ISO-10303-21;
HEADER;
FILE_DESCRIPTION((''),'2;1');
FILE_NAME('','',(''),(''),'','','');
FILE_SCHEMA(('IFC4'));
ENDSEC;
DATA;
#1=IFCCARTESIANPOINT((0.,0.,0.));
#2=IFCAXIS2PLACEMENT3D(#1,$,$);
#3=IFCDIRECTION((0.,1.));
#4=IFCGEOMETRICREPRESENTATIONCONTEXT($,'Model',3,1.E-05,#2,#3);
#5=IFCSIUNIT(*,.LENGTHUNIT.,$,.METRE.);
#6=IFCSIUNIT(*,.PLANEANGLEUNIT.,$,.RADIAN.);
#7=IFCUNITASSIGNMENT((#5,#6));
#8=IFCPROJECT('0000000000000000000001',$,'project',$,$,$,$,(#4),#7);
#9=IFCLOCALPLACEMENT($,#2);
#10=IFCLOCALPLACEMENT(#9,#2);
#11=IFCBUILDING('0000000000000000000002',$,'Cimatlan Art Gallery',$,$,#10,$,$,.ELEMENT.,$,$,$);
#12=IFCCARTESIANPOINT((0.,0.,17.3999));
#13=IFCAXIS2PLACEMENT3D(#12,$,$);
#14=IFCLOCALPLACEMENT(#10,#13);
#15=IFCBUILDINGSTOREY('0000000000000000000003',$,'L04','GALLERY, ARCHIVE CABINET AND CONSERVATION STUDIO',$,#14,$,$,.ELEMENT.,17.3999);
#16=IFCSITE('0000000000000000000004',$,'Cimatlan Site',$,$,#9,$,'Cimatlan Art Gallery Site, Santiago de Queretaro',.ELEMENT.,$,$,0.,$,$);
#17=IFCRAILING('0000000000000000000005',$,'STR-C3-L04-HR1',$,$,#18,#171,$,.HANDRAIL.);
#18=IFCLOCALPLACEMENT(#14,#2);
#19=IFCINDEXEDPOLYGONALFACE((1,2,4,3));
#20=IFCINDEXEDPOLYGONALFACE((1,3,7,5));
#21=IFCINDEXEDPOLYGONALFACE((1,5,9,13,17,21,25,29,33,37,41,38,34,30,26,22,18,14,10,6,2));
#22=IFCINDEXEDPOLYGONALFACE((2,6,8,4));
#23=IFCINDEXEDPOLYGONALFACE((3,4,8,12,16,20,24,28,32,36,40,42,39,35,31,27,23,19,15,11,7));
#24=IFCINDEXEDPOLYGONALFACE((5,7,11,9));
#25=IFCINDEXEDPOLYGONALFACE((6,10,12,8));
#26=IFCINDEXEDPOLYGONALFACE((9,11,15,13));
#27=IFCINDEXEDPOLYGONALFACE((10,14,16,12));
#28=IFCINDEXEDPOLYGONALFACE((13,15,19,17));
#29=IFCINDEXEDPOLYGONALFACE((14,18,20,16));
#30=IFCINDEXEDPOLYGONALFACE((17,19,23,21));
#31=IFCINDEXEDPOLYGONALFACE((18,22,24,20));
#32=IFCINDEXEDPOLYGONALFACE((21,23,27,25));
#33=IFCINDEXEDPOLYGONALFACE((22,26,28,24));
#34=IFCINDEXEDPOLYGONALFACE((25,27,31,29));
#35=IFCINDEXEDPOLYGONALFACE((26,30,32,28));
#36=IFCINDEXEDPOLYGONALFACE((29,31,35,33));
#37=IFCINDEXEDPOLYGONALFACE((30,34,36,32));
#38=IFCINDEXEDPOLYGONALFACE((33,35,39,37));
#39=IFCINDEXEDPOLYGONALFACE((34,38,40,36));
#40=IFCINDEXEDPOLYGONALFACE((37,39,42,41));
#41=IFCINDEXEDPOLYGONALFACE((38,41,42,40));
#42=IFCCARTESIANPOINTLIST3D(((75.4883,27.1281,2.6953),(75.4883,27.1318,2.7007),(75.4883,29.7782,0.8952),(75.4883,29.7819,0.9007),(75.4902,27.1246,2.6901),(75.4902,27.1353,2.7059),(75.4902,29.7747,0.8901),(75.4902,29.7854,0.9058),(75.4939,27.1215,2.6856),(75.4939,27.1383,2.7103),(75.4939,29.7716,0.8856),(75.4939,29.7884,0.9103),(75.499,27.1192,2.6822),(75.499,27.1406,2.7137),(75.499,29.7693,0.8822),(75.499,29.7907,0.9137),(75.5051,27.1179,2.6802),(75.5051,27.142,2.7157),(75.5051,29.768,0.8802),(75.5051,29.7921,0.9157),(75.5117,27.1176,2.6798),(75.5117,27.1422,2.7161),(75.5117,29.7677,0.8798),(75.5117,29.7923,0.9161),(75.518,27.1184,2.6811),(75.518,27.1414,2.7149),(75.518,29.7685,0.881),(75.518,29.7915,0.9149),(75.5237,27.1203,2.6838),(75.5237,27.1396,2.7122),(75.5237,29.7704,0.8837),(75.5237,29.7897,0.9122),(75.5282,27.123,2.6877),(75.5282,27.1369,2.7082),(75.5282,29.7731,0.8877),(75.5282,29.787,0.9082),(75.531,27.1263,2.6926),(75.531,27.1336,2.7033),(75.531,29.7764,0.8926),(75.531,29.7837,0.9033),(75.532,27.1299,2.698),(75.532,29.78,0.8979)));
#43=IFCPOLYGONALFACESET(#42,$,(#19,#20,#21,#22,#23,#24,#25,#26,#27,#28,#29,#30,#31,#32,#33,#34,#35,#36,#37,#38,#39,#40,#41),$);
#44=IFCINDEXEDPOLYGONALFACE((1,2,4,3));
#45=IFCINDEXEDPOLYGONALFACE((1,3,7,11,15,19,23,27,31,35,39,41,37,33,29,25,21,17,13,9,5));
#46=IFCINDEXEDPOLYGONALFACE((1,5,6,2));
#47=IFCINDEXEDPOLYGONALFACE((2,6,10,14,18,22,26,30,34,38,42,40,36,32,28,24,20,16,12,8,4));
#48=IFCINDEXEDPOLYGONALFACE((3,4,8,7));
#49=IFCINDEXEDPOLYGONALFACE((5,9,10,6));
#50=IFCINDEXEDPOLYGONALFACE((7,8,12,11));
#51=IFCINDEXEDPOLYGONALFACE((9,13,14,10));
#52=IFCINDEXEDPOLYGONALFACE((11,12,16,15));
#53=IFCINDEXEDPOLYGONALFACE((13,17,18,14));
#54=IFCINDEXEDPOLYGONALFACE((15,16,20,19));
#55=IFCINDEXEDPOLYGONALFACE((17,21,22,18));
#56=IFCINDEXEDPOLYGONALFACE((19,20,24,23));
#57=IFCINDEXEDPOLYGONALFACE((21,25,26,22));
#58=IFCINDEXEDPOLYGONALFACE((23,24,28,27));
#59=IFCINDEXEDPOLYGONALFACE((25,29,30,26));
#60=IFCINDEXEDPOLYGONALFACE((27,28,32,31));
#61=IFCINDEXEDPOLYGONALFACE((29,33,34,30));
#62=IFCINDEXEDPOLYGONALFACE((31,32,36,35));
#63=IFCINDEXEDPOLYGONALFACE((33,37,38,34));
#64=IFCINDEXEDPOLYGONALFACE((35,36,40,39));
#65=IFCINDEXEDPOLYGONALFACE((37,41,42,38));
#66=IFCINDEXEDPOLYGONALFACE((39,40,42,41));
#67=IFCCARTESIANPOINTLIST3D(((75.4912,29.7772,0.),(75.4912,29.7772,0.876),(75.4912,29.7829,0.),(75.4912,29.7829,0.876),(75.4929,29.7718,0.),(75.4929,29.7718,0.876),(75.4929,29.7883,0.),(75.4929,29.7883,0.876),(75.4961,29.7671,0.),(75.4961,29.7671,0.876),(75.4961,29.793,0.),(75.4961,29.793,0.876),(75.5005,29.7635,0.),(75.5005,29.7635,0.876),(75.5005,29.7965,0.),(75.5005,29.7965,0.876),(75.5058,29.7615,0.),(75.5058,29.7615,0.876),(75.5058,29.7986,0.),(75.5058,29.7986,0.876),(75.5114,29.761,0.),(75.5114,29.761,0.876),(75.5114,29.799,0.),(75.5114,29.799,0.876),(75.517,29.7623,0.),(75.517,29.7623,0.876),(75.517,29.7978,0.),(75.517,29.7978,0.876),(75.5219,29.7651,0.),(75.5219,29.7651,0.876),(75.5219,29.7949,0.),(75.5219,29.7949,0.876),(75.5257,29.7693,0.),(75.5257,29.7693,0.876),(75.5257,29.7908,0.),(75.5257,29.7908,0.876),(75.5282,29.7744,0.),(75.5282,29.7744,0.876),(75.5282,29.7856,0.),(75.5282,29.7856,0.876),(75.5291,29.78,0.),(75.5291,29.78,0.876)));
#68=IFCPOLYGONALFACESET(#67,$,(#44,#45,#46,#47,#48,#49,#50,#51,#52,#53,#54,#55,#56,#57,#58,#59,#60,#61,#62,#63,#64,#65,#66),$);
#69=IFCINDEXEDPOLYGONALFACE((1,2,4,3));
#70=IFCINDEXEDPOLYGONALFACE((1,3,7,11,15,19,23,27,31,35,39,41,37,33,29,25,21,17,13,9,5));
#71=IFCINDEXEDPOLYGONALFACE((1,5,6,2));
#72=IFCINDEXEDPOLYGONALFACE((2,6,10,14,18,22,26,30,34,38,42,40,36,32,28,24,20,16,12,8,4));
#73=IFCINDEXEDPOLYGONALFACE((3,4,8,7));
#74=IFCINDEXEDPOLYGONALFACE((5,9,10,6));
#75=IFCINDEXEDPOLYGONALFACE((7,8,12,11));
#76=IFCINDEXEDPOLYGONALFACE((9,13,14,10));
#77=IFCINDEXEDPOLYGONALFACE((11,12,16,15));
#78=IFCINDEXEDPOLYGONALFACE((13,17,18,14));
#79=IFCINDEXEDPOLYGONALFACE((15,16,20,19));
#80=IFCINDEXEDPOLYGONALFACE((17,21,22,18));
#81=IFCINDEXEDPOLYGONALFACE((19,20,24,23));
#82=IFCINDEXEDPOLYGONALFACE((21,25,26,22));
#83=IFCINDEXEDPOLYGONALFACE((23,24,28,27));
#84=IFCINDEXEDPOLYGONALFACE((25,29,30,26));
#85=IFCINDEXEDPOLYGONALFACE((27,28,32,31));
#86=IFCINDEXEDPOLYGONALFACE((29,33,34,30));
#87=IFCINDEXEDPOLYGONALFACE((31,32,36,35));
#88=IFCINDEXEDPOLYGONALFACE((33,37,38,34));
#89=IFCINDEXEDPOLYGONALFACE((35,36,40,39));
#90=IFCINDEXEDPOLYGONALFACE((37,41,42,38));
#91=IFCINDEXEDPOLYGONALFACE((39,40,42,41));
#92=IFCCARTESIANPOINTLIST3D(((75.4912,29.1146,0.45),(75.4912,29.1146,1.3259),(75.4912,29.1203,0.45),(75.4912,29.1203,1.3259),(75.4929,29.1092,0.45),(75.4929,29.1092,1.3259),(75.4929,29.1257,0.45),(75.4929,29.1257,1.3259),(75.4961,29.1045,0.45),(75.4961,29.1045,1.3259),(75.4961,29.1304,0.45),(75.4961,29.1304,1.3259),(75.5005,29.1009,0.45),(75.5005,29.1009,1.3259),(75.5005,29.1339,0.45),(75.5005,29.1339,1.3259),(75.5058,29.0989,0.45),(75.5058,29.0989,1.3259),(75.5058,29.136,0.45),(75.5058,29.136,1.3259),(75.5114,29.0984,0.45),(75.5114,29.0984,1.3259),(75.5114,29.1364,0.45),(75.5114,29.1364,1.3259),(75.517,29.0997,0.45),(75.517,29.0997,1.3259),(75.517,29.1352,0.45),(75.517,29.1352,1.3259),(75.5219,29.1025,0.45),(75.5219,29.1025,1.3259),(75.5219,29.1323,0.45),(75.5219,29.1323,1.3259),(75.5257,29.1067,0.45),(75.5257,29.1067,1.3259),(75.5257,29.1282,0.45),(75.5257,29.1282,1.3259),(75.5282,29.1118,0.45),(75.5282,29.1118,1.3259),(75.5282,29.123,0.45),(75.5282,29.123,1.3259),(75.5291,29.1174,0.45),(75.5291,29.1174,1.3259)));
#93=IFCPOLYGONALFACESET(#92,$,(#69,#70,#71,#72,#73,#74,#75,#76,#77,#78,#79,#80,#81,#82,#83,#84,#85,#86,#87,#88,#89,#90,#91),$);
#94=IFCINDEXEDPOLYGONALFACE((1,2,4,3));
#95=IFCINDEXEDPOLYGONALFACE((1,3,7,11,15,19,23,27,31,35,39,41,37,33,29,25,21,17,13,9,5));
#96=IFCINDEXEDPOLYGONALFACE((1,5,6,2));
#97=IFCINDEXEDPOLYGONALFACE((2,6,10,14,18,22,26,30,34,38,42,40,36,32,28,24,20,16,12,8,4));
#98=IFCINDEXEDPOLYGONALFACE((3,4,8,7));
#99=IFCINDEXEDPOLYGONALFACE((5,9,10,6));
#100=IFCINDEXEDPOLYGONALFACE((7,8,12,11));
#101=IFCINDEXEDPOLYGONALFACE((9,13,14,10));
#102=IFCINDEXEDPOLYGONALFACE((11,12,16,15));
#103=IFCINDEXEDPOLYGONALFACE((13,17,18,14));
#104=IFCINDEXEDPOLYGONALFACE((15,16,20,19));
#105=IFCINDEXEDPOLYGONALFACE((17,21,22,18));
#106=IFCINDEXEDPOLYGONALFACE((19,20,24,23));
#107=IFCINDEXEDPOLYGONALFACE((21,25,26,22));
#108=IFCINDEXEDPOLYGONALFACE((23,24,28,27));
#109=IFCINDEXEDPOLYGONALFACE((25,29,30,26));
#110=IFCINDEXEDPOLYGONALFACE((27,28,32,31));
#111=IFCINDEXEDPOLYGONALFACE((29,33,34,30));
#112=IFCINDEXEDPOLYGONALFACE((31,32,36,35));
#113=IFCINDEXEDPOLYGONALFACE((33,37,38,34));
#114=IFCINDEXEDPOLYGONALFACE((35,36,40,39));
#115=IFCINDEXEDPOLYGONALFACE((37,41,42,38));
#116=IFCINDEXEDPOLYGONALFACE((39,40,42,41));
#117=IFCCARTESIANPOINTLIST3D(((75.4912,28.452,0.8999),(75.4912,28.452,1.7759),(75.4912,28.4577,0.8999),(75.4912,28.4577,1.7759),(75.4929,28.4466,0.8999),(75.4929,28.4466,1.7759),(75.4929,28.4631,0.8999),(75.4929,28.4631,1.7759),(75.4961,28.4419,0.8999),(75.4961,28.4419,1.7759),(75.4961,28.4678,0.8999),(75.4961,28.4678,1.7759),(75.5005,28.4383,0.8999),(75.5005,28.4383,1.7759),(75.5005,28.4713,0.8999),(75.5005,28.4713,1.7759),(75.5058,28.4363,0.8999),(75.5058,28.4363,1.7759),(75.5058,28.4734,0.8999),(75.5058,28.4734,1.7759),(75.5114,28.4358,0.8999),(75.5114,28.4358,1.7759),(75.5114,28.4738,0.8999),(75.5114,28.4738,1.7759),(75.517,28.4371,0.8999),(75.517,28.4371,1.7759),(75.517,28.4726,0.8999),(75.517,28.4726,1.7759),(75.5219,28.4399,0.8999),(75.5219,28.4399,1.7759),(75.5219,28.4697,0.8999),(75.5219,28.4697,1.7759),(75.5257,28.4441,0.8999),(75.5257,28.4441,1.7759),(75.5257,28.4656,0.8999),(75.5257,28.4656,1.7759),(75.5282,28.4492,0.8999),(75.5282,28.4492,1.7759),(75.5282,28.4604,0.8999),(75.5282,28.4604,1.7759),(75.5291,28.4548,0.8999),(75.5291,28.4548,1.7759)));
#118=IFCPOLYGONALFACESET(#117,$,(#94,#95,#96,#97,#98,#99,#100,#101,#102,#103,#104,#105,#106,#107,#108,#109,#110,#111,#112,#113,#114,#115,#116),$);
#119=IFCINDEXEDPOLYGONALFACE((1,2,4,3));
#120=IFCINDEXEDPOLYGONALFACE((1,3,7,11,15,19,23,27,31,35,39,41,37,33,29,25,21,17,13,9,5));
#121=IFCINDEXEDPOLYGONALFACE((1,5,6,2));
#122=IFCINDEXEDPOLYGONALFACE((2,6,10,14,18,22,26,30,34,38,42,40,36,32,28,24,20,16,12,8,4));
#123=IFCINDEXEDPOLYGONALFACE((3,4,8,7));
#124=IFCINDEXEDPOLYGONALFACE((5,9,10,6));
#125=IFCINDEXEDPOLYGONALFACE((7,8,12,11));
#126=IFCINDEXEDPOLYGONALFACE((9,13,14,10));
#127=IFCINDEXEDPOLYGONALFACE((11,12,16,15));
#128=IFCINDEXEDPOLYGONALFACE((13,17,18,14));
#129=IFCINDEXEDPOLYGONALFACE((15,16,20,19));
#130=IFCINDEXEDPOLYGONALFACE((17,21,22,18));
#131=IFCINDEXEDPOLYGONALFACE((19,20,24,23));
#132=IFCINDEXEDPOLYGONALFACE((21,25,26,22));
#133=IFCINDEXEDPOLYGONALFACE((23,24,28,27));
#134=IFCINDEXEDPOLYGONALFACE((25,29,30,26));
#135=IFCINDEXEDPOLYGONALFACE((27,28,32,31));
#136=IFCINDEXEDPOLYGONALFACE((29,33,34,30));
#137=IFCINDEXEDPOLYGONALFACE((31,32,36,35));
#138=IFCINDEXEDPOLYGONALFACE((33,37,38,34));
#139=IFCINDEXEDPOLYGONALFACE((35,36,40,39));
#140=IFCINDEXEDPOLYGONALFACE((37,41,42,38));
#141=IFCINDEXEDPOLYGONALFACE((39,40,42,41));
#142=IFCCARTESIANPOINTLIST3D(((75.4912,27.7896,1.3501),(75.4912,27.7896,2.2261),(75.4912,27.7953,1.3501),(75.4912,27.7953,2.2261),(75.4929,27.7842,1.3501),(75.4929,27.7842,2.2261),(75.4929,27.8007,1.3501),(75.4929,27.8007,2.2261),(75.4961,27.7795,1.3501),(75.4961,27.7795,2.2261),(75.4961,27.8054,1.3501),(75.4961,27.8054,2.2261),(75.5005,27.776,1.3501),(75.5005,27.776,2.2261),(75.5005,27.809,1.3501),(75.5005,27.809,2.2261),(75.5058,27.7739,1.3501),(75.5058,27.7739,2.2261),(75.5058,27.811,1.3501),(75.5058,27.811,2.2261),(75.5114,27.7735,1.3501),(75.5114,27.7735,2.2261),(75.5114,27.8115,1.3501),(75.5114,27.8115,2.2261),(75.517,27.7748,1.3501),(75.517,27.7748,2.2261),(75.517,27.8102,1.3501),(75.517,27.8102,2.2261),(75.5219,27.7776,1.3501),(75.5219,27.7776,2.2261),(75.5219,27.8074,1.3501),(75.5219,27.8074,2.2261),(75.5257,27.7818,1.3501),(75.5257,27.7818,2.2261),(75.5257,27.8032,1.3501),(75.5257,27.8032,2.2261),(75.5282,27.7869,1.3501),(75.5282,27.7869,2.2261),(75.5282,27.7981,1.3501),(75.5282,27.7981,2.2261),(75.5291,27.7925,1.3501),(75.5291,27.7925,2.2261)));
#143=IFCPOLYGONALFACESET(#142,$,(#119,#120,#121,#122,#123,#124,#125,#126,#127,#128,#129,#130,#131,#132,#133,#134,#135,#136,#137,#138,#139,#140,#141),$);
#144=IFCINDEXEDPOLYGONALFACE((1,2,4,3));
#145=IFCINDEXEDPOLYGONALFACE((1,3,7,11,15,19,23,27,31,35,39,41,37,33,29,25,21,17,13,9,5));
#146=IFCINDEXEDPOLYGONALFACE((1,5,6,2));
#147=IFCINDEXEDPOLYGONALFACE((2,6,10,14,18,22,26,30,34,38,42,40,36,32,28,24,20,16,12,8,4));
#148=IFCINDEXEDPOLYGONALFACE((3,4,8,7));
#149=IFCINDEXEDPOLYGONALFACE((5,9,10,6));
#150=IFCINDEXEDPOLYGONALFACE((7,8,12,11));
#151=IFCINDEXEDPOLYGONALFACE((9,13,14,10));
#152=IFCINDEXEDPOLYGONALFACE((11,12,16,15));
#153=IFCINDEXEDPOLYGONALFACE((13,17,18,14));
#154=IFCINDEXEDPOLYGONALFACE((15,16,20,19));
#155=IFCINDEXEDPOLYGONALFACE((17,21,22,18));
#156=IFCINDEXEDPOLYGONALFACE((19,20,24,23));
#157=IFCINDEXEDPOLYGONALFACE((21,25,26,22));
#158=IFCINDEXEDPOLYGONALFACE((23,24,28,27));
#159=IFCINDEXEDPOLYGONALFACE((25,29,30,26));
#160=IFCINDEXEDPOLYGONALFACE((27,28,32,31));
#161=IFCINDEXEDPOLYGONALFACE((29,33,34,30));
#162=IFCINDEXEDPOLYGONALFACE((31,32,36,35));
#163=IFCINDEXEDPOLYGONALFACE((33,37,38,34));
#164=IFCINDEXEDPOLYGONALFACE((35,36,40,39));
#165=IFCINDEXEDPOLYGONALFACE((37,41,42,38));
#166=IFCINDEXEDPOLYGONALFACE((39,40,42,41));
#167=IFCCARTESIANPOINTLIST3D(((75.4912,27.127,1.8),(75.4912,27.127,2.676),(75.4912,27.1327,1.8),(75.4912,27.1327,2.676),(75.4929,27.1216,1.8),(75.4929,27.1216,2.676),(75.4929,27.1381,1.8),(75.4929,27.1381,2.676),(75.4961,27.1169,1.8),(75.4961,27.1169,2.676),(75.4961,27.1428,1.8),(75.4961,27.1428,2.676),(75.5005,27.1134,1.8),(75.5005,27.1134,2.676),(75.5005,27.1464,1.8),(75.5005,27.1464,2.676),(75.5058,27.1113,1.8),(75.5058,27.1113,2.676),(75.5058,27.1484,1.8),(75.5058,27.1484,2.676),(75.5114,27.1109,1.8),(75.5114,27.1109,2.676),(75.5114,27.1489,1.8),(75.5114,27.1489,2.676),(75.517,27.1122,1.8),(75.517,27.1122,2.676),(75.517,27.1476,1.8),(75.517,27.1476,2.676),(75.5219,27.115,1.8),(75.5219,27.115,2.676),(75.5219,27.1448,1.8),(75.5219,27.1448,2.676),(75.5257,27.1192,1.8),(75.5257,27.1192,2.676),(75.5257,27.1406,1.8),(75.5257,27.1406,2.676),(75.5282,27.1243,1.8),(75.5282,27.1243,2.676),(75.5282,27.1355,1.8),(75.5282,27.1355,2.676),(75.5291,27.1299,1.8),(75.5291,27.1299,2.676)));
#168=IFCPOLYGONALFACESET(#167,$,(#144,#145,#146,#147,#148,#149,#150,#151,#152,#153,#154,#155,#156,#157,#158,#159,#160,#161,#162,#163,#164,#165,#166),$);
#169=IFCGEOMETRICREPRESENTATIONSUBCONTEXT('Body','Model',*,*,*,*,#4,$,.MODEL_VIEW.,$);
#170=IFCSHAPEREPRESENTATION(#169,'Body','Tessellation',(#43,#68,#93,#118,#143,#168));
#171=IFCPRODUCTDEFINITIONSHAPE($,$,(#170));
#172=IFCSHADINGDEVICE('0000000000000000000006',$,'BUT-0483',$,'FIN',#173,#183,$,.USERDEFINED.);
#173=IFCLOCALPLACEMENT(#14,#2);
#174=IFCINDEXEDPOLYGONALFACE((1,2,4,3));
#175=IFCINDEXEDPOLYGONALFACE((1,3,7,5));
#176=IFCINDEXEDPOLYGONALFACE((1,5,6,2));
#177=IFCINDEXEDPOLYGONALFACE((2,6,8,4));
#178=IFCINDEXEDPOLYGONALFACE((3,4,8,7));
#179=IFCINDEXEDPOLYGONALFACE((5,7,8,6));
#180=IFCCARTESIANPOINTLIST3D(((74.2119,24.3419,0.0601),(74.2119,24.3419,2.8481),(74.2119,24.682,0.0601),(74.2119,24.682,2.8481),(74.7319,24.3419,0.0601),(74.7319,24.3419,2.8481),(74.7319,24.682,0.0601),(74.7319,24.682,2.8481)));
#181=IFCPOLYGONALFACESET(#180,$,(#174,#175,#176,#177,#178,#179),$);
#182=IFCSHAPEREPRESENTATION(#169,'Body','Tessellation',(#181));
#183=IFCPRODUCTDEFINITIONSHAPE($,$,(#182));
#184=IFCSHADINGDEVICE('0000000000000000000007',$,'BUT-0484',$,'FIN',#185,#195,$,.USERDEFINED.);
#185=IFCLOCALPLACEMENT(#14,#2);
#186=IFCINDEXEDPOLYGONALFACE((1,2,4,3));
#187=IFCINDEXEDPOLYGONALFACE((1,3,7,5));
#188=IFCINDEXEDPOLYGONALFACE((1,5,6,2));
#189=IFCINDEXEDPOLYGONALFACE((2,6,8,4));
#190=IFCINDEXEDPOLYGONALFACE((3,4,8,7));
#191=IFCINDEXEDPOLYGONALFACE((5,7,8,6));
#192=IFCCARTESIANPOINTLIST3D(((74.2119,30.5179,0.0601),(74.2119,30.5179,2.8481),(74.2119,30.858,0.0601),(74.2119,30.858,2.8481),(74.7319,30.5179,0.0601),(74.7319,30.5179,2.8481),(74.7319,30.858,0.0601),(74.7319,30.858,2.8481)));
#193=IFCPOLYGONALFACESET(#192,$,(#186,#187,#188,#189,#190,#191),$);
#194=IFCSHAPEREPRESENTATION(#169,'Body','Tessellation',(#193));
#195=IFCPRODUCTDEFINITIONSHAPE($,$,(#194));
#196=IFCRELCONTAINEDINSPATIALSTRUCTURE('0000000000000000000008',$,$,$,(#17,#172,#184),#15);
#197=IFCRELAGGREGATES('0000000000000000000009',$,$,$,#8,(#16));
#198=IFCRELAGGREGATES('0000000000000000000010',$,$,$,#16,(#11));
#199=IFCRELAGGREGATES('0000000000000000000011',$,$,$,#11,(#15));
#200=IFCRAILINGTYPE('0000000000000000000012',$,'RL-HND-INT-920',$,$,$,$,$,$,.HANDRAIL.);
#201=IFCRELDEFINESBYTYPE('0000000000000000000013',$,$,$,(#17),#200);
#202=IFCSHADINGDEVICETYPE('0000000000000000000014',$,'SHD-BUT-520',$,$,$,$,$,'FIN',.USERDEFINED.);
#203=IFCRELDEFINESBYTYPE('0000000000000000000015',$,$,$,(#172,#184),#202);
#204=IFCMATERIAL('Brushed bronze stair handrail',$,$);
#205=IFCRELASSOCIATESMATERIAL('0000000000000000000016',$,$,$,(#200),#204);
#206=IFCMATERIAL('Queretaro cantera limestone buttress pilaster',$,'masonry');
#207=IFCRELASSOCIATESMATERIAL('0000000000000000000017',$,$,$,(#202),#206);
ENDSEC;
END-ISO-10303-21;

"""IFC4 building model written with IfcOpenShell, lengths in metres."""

from ifc_helpers import new_model, si_unit, direction, frame, origin, origin_2d, place, context, subcontext, project, spatial, rectangle, circle, extrude, material, type_object, element, save


model = new_model("IFC4")

# Units and contexts
model_context = context("Model", 3, precision=1e-05, world=origin(), true_north=direction((0.0, 1.0)))
body_context = subcontext(model_context, "Body", "Model", "MODEL_VIEW")
ifc_project = project(units=[si_unit("LENGTHUNIT", "METRE"), si_unit("PLANEANGLEUNIT", "RADIAN")], contexts=[model_context])

# Site, building, storey
site_placement = place(None, origin())
site = spatial("IfcSite", under=ifc_project, at=site_placement, Name="Cimatlan Site", LongName="Cimatlan Art Gallery Site, Santiago de Queretaro", CompositionType="ELEMENT", RefElevation=0.0)
building_placement = place(site_placement, origin())
building = spatial("IfcBuilding", under=site, at=building_placement, Name="Cimatlan Art Gallery", CompositionType="ELEMENT")
storey_placement = place(building_placement, frame((0.0, 0.0, 17.3999)))
storey = spatial("IfcBuildingStorey", under=building, at=storey_placement, Name="L04", Description="GALLERY, ARCHIVE CABINET AND CONSERVATION STUDIO", CompositionType="ELEMENT", Elevation=17.3999)

# Railing
ifc_material_1 = material(Name="Brushed bronze stair handrail")
railing_type_1 = type_object("IfcRailingType", Name="RL-HND-INT-920", PredefinedType="HANDRAIL", material=ifc_material_1)
railing_1_placement = place(storey_placement, frame((75.51, 29.78, 0.0)))
element("IfcRailing", 1, at=railing_1_placement, inside=storey, type_object=railing_type_1, Name="STR-C3-L04-HR1", PredefinedType="HANDRAIL", context=body_context, shape_type="SweptSolid", body=[
    extrude(circle(Radius=0.022, at=origin_2d()), frame((0.0, 0.0, 0.8979), z_axis=(0.0, -0.827224, 0.561872), x_axis=(1.0, 0.0, 0.0)), (0.0, 0.0, 1.0), 3.2036),
    extrude(circle(Radius=0.019, at=origin_2d()), origin(), (0.0, 0.0, 1.0), 0.876),
    extrude(circle(Radius=0.019, at=origin_2d()), frame((0.0, -0.6626, 0.45)), (0.0, 0.0, 1.0), 0.876),
    extrude(circle(Radius=0.019, at=origin_2d()), frame((0.0, -1.3252, 0.8999)), (0.0, 0.0, 1.0), 0.876),
    extrude(circle(Radius=0.019, at=origin_2d()), frame((0.0, -1.9875, 1.3501)), (0.0, 0.0, 1.0), 0.876),
    extrude(circle(Radius=0.019, at=origin_2d()), frame((0.0, -2.6501, 1.8)), (0.0, 0.0, 1.0), 0.876),
])

# Shading devices
ifc_material_2 = material(Name="Queretaro cantera limestone buttress pilaster", Category="masonry")
shading_device_type = type_object("IfcShadingDeviceType", Name="SHD-BUT-520", ElementType="FIN", PredefinedType="USERDEFINED", material=ifc_material_2)
for number, where, z_axis, x_axis, name in (
    (2, (74.4719, 24.512, 0.0601), (0.0, 0.0, 1.0), (0.0, 1.0, 0.0), "BUT-0483"),
    (3, (74.4719, 30.688, 0.0601), (0.0, 0.0, 1.0), (0.0, 1.0, 0.0), "BUT-0484"),
):
    element("IfcShadingDevice", number, at=place(storey_placement, frame(where, z_axis=z_axis, x_axis=x_axis)), inside=storey, type_object=shading_device_type, Name=name, ObjectType="FIN", PredefinedType="USERDEFINED", context=body_context, shape_type="SweptSolid", body=[
        extrude(rectangle(XDim=0.3401, YDim=0.52, at=origin_2d()), origin(), (0.0, 0.0, 1.0), 2.7881),
    ])

save(model, "model.ifc")
